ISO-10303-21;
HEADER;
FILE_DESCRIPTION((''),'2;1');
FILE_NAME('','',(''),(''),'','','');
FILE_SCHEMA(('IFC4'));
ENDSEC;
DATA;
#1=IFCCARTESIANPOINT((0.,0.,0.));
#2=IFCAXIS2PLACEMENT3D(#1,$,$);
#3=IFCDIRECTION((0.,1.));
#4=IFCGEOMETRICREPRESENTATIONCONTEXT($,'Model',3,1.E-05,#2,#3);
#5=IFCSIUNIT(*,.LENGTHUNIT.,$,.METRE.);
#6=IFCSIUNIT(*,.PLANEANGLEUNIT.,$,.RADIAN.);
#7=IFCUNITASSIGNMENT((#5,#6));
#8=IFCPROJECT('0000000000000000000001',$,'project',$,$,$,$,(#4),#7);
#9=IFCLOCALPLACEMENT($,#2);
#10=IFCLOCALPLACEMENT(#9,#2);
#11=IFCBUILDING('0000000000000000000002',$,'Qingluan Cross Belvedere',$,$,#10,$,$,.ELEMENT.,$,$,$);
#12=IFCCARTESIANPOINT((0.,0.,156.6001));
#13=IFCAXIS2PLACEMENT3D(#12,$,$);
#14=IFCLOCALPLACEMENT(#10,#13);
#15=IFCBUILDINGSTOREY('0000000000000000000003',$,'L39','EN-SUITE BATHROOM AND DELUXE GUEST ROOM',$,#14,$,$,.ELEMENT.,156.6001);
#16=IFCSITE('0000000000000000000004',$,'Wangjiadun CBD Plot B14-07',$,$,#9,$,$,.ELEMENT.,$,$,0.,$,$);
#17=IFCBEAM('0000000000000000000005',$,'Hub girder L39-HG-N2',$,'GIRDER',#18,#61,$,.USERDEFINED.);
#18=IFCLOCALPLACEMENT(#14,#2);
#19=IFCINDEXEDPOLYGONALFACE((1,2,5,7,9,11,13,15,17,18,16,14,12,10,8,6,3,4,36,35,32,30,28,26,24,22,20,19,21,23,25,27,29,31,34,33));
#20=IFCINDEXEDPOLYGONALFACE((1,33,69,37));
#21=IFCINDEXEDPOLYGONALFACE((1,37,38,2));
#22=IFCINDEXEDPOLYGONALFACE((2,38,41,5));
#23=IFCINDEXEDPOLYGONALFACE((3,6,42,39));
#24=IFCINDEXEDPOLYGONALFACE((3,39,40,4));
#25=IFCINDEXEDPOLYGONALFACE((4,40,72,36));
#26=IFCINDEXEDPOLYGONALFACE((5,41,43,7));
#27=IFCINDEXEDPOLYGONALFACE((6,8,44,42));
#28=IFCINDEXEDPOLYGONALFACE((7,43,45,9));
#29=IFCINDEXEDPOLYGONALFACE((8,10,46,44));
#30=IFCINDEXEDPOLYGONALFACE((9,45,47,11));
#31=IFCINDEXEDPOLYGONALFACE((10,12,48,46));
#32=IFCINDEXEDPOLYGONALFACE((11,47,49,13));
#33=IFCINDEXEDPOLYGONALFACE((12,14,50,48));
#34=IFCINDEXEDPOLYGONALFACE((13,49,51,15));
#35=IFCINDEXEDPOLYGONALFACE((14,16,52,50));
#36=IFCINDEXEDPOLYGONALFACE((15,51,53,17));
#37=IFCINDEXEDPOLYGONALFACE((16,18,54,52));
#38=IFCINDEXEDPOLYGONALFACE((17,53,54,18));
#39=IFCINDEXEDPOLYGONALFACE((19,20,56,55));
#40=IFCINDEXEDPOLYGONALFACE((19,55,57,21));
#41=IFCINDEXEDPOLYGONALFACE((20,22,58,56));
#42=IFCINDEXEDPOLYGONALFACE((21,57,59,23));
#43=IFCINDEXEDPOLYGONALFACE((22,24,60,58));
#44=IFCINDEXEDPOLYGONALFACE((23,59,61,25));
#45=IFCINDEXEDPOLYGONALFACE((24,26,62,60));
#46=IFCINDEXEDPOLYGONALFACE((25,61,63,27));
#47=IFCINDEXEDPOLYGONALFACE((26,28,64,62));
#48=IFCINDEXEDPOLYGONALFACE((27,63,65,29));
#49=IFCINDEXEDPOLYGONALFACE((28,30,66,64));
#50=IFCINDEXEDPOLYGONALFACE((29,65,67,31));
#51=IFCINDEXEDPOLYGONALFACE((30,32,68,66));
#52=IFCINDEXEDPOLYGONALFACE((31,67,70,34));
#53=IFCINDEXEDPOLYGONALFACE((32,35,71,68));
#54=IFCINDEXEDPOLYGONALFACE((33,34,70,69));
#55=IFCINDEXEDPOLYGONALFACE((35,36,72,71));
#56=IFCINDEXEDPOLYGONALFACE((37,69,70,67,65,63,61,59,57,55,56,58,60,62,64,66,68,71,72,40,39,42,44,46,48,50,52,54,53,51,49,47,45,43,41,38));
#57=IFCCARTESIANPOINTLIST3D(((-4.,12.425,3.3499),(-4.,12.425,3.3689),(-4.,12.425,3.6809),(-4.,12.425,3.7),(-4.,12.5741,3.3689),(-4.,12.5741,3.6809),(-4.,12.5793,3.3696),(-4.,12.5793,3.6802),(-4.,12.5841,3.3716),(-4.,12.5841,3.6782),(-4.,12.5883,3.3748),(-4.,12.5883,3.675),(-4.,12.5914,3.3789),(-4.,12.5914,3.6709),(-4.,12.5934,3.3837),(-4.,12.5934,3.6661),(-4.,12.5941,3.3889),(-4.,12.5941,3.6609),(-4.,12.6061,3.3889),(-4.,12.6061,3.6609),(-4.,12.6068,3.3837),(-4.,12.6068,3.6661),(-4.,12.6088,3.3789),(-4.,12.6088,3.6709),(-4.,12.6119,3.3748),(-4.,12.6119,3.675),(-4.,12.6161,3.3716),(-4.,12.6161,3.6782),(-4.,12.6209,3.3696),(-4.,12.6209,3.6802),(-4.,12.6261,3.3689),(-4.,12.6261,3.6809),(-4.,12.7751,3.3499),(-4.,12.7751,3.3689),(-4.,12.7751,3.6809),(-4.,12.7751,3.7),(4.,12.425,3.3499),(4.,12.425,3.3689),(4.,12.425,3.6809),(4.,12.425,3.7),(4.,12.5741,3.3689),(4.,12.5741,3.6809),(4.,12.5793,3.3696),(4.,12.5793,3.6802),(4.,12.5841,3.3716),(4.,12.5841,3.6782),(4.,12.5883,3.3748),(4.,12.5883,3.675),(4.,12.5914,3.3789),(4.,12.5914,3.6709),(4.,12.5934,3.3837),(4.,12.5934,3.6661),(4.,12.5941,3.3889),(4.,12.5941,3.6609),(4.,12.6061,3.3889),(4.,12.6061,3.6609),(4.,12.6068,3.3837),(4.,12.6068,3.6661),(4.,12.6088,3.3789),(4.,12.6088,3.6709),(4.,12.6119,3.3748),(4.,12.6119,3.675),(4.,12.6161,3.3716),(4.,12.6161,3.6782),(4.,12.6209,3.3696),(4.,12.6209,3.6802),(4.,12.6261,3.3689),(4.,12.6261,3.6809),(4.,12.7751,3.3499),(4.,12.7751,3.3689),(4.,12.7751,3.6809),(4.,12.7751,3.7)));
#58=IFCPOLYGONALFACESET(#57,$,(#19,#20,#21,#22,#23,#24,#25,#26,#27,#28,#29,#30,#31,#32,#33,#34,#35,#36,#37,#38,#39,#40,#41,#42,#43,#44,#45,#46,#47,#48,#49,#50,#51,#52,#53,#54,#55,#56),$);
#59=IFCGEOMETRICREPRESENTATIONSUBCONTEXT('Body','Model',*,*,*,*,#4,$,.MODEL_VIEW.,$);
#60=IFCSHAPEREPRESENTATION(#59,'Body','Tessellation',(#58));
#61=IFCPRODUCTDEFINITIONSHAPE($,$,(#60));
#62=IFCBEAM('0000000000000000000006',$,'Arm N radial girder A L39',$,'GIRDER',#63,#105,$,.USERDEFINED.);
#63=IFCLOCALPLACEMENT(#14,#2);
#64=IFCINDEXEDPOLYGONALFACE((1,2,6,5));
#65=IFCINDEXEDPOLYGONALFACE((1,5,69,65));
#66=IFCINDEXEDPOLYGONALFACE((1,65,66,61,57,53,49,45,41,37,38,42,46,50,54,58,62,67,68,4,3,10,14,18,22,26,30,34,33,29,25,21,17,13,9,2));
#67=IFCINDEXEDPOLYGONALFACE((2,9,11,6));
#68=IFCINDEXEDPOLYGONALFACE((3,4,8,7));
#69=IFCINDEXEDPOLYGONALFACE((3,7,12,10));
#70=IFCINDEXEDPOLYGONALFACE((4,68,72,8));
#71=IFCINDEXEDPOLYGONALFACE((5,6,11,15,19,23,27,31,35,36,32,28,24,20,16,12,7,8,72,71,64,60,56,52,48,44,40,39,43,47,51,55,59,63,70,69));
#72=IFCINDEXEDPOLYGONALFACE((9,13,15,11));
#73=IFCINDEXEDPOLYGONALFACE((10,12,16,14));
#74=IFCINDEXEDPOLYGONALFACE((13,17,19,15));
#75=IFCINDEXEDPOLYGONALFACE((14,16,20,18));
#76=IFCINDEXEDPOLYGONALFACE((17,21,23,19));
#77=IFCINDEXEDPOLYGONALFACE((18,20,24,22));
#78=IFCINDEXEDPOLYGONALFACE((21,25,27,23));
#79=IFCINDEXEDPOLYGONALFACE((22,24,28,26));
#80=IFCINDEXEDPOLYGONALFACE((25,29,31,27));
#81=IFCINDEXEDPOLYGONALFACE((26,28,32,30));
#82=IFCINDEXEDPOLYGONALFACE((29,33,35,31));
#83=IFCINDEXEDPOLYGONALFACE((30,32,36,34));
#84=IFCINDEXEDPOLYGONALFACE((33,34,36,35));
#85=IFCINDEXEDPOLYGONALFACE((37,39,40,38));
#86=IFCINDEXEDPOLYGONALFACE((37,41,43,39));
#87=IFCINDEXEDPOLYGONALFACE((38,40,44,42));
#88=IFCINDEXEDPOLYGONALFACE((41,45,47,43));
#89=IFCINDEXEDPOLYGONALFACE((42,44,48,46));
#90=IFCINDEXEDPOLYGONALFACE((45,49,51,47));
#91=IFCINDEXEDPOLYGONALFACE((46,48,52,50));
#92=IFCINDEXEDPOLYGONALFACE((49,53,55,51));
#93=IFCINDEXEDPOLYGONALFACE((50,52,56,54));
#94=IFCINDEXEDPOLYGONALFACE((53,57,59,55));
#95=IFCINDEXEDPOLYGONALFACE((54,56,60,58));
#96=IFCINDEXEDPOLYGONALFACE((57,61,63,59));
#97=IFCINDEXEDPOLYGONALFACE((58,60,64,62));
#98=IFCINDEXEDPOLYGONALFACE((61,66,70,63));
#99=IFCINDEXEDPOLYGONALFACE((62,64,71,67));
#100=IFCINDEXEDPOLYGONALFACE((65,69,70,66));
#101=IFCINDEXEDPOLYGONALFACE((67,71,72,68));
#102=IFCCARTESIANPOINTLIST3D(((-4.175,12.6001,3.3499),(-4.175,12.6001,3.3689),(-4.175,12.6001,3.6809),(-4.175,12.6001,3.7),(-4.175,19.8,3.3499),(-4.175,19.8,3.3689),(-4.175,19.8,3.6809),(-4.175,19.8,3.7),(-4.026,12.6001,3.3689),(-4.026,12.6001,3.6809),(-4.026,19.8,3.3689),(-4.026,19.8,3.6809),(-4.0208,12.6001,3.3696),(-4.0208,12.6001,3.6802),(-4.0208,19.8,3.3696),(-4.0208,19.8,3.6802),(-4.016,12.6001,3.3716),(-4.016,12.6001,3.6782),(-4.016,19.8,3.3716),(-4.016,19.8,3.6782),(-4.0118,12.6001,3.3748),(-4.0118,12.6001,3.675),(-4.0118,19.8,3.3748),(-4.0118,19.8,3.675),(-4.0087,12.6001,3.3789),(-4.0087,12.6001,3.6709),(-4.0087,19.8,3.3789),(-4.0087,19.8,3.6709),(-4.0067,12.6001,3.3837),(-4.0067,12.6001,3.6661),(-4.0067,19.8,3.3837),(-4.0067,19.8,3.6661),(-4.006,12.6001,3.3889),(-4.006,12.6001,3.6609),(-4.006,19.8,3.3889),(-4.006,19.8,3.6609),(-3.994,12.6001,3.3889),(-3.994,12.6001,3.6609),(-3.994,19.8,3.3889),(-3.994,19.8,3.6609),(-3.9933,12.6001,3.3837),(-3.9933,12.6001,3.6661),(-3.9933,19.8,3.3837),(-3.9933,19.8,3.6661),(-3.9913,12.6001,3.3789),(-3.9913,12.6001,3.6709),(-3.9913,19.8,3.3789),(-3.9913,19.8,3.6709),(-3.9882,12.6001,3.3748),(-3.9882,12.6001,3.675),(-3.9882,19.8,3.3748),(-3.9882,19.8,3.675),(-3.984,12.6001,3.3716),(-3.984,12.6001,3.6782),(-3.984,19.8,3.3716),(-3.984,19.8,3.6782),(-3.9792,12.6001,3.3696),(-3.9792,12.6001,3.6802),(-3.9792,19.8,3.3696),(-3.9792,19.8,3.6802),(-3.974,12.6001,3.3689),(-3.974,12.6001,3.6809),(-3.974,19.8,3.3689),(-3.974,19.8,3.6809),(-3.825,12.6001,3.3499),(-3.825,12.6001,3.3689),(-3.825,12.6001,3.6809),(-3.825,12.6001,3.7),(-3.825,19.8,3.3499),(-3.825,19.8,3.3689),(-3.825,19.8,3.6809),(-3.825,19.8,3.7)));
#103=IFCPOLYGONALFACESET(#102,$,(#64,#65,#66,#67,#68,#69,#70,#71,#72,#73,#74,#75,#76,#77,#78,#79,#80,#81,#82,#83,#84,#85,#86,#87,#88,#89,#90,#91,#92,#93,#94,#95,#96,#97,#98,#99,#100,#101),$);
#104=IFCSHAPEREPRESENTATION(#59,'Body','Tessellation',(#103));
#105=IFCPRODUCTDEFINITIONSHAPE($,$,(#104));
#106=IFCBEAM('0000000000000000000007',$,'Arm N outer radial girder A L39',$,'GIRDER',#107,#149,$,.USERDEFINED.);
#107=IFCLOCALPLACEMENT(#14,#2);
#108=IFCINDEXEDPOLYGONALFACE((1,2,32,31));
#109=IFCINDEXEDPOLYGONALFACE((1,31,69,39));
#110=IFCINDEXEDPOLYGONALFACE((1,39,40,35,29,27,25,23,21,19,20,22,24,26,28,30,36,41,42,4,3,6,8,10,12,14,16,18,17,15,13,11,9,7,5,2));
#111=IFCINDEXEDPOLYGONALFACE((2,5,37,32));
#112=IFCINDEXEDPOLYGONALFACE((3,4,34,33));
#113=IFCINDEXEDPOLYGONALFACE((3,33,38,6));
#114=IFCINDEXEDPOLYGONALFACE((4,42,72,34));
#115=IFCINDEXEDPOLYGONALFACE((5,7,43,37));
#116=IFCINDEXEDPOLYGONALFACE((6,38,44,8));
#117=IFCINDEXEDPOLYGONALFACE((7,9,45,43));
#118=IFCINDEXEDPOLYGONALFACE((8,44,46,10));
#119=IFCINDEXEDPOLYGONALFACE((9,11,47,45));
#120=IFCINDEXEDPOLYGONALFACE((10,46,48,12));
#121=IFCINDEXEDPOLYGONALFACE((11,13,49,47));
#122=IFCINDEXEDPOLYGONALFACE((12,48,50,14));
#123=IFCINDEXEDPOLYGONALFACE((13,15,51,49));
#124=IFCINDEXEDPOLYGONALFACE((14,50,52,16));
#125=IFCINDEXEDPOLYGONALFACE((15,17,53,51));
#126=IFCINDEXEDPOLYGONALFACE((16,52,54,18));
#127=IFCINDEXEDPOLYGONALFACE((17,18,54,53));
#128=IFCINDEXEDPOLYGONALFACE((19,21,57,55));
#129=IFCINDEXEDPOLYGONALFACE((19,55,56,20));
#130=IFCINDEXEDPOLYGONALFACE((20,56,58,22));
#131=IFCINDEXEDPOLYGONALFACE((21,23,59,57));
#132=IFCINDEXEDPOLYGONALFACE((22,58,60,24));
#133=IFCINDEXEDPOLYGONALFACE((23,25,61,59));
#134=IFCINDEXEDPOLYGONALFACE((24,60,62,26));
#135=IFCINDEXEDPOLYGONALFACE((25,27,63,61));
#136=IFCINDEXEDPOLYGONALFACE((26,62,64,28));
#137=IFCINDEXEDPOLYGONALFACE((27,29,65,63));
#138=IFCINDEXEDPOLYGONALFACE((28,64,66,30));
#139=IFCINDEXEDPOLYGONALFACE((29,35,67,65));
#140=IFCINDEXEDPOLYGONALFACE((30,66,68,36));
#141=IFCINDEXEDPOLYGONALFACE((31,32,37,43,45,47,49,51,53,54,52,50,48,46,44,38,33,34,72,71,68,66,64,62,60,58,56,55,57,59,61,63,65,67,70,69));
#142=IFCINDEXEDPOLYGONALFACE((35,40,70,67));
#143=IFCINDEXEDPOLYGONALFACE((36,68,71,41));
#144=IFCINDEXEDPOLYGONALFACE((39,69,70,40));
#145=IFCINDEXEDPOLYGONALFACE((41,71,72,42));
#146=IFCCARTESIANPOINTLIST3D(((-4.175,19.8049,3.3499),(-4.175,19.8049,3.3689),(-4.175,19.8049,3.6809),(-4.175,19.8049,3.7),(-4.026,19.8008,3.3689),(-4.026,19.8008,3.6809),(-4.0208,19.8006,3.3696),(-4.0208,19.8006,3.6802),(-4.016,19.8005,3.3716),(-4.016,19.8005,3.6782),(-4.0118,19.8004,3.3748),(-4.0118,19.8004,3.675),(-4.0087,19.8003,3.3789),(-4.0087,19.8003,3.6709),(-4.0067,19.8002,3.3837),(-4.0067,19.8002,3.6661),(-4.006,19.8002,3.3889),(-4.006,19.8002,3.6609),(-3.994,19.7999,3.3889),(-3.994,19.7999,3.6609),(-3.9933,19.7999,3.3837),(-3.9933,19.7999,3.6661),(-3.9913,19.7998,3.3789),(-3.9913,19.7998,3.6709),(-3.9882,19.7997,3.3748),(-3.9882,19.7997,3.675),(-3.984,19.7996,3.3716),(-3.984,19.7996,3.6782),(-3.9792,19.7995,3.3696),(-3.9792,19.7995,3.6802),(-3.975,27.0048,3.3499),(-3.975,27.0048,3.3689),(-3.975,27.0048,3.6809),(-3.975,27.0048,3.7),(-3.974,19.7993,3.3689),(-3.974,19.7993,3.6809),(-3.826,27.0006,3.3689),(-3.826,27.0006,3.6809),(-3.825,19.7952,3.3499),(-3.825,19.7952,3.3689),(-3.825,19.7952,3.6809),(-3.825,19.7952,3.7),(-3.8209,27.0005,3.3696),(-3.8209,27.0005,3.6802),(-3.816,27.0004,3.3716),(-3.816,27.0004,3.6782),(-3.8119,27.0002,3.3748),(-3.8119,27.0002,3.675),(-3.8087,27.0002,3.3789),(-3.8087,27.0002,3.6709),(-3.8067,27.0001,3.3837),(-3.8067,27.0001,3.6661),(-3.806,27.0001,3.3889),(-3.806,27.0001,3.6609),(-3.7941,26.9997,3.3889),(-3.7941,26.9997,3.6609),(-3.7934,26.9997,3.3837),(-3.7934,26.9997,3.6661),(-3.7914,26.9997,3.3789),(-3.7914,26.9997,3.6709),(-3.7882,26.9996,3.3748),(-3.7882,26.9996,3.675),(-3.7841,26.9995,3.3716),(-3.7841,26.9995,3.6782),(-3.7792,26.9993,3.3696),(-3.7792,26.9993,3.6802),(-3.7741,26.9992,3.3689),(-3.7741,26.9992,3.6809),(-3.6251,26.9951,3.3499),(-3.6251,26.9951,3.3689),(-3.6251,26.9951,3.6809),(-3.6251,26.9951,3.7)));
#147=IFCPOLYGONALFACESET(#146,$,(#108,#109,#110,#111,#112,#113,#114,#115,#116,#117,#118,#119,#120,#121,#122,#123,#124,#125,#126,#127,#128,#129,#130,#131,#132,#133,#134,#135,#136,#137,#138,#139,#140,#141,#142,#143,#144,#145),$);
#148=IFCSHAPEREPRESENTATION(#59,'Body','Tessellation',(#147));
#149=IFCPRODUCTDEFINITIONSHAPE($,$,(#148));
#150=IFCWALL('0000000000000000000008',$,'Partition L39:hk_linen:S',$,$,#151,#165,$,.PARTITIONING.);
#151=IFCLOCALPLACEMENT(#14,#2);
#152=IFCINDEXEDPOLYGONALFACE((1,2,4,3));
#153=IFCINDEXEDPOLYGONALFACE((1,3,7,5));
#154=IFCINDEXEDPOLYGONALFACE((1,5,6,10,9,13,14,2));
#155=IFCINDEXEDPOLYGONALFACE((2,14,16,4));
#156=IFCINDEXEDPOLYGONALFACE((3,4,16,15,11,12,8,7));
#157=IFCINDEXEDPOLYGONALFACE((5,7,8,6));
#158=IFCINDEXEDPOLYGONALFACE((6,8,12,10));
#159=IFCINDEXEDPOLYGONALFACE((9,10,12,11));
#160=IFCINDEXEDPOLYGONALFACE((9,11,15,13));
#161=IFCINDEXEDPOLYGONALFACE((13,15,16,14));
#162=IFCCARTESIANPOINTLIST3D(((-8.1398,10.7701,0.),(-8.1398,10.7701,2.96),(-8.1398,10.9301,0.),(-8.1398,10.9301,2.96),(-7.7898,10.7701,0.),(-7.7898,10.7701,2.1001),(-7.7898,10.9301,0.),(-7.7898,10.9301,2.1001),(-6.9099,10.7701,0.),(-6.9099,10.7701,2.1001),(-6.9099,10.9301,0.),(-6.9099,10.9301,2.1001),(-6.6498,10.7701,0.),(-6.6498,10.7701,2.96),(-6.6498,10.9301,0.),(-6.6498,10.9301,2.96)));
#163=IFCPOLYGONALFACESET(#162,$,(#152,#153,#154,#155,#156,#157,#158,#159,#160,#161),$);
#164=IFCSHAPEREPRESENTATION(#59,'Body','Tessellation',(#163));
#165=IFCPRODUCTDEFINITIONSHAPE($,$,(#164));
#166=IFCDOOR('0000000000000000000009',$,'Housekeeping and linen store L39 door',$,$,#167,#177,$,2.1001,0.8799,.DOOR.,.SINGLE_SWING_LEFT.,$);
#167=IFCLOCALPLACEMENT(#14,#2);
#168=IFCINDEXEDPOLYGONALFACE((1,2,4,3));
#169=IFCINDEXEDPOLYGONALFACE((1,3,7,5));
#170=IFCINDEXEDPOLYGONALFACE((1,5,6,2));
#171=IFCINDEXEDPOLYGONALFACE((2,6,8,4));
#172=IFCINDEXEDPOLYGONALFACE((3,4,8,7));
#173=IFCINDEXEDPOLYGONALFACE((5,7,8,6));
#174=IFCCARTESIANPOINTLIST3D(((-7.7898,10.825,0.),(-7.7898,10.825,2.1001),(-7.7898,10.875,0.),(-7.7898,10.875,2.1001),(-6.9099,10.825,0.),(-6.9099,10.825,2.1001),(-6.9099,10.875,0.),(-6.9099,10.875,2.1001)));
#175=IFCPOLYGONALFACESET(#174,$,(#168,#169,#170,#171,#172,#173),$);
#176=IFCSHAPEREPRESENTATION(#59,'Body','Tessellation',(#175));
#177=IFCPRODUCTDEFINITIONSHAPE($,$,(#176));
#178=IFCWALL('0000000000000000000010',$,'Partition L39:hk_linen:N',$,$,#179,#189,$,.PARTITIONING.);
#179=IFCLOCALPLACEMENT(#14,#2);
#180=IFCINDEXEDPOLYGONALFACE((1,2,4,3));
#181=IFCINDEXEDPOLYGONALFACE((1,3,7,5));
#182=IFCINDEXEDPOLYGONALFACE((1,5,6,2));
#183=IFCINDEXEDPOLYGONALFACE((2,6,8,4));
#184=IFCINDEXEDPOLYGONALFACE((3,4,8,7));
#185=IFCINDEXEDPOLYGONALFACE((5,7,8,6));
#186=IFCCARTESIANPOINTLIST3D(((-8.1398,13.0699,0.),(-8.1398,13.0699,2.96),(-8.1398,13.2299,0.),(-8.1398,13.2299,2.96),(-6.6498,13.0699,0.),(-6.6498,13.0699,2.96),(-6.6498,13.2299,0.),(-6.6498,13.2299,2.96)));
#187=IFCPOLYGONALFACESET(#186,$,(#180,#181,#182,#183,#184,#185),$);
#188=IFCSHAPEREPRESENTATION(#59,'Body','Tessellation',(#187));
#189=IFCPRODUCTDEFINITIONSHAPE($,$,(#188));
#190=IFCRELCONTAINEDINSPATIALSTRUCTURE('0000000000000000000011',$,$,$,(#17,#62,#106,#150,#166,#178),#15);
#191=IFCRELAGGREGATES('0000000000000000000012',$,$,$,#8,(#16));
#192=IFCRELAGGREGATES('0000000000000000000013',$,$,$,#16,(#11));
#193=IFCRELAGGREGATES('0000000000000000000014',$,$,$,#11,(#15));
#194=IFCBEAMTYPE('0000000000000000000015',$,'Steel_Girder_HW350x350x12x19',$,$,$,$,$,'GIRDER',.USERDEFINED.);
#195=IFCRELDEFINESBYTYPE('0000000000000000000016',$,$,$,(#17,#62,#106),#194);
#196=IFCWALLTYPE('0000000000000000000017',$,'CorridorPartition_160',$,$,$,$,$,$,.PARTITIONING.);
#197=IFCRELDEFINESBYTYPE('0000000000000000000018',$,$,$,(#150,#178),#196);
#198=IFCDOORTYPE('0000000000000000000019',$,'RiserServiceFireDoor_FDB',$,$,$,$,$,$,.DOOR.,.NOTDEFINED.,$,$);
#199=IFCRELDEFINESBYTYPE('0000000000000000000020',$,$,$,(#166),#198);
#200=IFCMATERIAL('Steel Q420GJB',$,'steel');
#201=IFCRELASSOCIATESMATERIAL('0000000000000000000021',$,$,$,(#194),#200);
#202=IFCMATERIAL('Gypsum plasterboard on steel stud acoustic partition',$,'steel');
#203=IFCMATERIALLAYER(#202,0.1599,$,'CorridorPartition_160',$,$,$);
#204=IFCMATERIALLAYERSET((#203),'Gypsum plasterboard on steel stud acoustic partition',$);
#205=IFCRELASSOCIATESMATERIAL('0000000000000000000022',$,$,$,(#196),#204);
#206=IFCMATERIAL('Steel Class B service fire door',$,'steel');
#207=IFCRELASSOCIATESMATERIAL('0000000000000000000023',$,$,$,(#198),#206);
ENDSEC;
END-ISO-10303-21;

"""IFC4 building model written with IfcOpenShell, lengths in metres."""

from ifc_helpers import new_model, si_unit, direction, frame, frame_2d, origin, origin_2d, place, context, subcontext, project, spatial, rectangle, i_section, extrude, material, layer, layer_set, material_profile, profile_set, type_object, element, fill, save


model = new_model("IFC4")

# Units and contexts
model_context = context("Model", 3, precision=1e-05, world=origin(), true_north=direction((0.0, 1.0)))
body_context = subcontext(model_context, "Body", "Model", "MODEL_VIEW")
ifc_project = project(units=[si_unit("LENGTHUNIT", "METRE"), si_unit("PLANEANGLEUNIT", "RADIAN")], contexts=[model_context])

# Site, building, storey
site_placement = place(None, origin())
site = spatial("IfcSite", under=ifc_project, at=site_placement, Name="Wangjiadun CBD Plot B14-07", CompositionType="ELEMENT", RefElevation=0.0)
building_placement = place(site_placement, origin())
building = spatial("IfcBuilding", under=site, at=building_placement, Name="Qingluan Cross Belvedere", CompositionType="ELEMENT")
storey_placement = place(building_placement, frame((0.0, 0.0, 156.6001)))
storey = spatial("IfcBuildingStorey", under=building, at=storey_placement, Name="L39", Description="EN-SUITE BATHROOM AND DELUXE GUEST ROOM", CompositionType="ELEMENT", Elevation=156.6001)

# Beams
ifc_material_1 = material(Name="Steel Q420GJB", Category="steel")
ifc_material_profile_1 = material_profile(ifc_material_1, i_section(OverallWidth=0.3501, OverallDepth=0.3501, WebThickness=0.012, FlangeThickness=0.019, FilletRadius=0.02, at=origin_2d()), Name="HW350x350x12x19")
ifc_profile_set_1 = profile_set([ifc_material_profile_1], Name="Steel Q420GJB")
beam_type_1 = type_object("IfcBeamType", Name="Steel_Girder_HW350x350x12x19", ElementType="GIRDER", PredefinedType="USERDEFINED", material=ifc_profile_set_1)
beam_1_placement = place(storey_placement, frame((-4.0, 12.6001, 3.5249), z_axis=(1.0, 0.0, 0.0), x_axis=(0.0, 1.0, 0.0)))
element("IfcBeam", 1, at=beam_1_placement, inside=storey, type_object=beam_type_1, Name="Hub girder L39-HG-N2", ObjectType="GIRDER", PredefinedType="USERDEFINED", context=body_context, shape_type="SweptSolid", body=[
    extrude(i_section(OverallWidth=0.3501, OverallDepth=0.3501, WebThickness=0.012, FlangeThickness=0.019, FilletRadius=0.02, at=origin_2d()), origin(), (0.0, 0.0, 1.0), 8.0),
])
beam_2_placement = place(storey_placement, frame((-4.0, 12.6001, 3.5249), z_axis=(0.0, 1.0, 0.0), x_axis=(-1.0, 0.0, 0.0)))
element("IfcBeam", 2, at=beam_2_placement, inside=storey, type_object=beam_type_1, Name="Arm N radial girder A L39", ObjectType="GIRDER", PredefinedType="USERDEFINED", context=body_context, shape_type="SweptSolid", body=[
    extrude(i_section(OverallWidth=0.3501, OverallDepth=0.3501, WebThickness=0.012, FlangeThickness=0.019, FilletRadius=0.02, at=origin_2d()), origin(), (0.0, 0.0, 1.0), 7.2),
])
beam_3_placement = place(storey_placement, frame((-4.0, 19.8, 3.5249), z_axis=(0.02776, 0.999615, 0.0), x_axis=(-0.999615, 0.02776, 0.0)))
element("IfcBeam", 3, at=beam_3_placement, inside=storey, type_object=beam_type_1, Name="Arm N outer radial girder A L39", ObjectType="GIRDER", PredefinedType="USERDEFINED", context=body_context, shape_type="SweptSolid", body=[
    extrude(i_section(OverallWidth=0.3501, OverallDepth=0.3501, WebThickness=0.012, FlangeThickness=0.019, FilletRadius=0.02, at=origin_2d()), origin(), (0.0, 0.0, 1.0), 7.2026),
])

# Wall, opening, door
ifc_material_2 = material(Name="Gypsum plasterboard on steel stud acoustic partition", Category="steel")
ifc_layer_1 = layer(ifc_material_2, 0.1599, Name="CorridorPartition_160")
ifc_layer_set_1 = layer_set([ifc_layer_1], Name="Gypsum plasterboard on steel stud acoustic partition")
wall_type_1 = type_object("IfcWallType", Name="CorridorPartition_160", PredefinedType="PARTITIONING", material=ifc_layer_set_1)
wall_1_placement = place(storey_placement, frame((-8.1399, 10.8501, 0.0), z_axis=(0.0, 0.0, 1.0), x_axis=(1.0, 0.0, 0.0)))
wall_1 = element("IfcWall", 4, at=wall_1_placement, inside=storey, type_object=wall_type_1, Name="Partition L39:hk_linen:S", PredefinedType="PARTITIONING", context=body_context, shape_type="SweptSolid", body=[
    extrude(rectangle(XDim=1.49, YDim=0.1599, at=frame_2d((0.7451, 0.0))), origin(), (0.0, 0.0, 1.0), 2.96),
])
opening_1_placement = place(wall_1_placement, frame((0.3501, 0.0, 0.0)))
opening_1 = element("IfcOpeningElement", 5, at=opening_1_placement, cuts=wall_1, PredefinedType="OPENING", context=body_context, shape_type="SweptSolid", body=[
    extrude(rectangle(XDim=0.8799, YDim=2.1001, at=frame_2d((0.4399, 1.05))), frame((0.0, 0.0898, 0.0), z_axis=(0.0, -1.0, 0.0), x_axis=(1.0, 0.0, 0.0)), (0.0, 0.0, 1.0), 0.1799),
])
ifc_material_3 = material(Name="Steel Class B service fire door", Category="steel")
door_type_1 = type_object("IfcDoorType", Name="RiserServiceFireDoor_FDB", OperationType="NOTDEFINED", PredefinedType="DOOR", material=ifc_material_3)
door_1_placement = place(opening_1_placement, origin())
door_1 = element("IfcDoor", 6, at=door_1_placement, inside=storey, type_object=door_type_1, Name="Housekeeping and linen store L39 door", OperationType="SINGLE_SWING_LEFT", OverallHeight=2.1001, OverallWidth=0.8799, PredefinedType="DOOR", context=body_context, shape_type="SweptSolid", body=[
    extrude(rectangle(XDim=0.8799, YDim=2.1001, at=frame_2d((0.4399, 1.05))), frame((0.0, 0.0249, 0.0), z_axis=(0.0, -1.0, 0.0), x_axis=(1.0, 0.0, 0.0)), (0.0, 0.0, 1.0), 0.05),
])
fill(opening_1, door_1)

# Wall
wall_2_placement = place(storey_placement, frame((-8.1399, 13.1499, 0.0), z_axis=(0.0, 0.0, 1.0), x_axis=(1.0, 0.0, 0.0)))
element("IfcWall", 7, at=wall_2_placement, inside=storey, type_object=wall_type_1, Name="Partition L39:hk_linen:N", PredefinedType="PARTITIONING", context=body_context, shape_type="SweptSolid", body=[
    extrude(rectangle(XDim=1.49, YDim=0.1599, at=frame_2d((0.7451, 0.0))), origin(), (0.0, 0.0, 1.0), 2.96),
])

save(model, "model.ifc")
